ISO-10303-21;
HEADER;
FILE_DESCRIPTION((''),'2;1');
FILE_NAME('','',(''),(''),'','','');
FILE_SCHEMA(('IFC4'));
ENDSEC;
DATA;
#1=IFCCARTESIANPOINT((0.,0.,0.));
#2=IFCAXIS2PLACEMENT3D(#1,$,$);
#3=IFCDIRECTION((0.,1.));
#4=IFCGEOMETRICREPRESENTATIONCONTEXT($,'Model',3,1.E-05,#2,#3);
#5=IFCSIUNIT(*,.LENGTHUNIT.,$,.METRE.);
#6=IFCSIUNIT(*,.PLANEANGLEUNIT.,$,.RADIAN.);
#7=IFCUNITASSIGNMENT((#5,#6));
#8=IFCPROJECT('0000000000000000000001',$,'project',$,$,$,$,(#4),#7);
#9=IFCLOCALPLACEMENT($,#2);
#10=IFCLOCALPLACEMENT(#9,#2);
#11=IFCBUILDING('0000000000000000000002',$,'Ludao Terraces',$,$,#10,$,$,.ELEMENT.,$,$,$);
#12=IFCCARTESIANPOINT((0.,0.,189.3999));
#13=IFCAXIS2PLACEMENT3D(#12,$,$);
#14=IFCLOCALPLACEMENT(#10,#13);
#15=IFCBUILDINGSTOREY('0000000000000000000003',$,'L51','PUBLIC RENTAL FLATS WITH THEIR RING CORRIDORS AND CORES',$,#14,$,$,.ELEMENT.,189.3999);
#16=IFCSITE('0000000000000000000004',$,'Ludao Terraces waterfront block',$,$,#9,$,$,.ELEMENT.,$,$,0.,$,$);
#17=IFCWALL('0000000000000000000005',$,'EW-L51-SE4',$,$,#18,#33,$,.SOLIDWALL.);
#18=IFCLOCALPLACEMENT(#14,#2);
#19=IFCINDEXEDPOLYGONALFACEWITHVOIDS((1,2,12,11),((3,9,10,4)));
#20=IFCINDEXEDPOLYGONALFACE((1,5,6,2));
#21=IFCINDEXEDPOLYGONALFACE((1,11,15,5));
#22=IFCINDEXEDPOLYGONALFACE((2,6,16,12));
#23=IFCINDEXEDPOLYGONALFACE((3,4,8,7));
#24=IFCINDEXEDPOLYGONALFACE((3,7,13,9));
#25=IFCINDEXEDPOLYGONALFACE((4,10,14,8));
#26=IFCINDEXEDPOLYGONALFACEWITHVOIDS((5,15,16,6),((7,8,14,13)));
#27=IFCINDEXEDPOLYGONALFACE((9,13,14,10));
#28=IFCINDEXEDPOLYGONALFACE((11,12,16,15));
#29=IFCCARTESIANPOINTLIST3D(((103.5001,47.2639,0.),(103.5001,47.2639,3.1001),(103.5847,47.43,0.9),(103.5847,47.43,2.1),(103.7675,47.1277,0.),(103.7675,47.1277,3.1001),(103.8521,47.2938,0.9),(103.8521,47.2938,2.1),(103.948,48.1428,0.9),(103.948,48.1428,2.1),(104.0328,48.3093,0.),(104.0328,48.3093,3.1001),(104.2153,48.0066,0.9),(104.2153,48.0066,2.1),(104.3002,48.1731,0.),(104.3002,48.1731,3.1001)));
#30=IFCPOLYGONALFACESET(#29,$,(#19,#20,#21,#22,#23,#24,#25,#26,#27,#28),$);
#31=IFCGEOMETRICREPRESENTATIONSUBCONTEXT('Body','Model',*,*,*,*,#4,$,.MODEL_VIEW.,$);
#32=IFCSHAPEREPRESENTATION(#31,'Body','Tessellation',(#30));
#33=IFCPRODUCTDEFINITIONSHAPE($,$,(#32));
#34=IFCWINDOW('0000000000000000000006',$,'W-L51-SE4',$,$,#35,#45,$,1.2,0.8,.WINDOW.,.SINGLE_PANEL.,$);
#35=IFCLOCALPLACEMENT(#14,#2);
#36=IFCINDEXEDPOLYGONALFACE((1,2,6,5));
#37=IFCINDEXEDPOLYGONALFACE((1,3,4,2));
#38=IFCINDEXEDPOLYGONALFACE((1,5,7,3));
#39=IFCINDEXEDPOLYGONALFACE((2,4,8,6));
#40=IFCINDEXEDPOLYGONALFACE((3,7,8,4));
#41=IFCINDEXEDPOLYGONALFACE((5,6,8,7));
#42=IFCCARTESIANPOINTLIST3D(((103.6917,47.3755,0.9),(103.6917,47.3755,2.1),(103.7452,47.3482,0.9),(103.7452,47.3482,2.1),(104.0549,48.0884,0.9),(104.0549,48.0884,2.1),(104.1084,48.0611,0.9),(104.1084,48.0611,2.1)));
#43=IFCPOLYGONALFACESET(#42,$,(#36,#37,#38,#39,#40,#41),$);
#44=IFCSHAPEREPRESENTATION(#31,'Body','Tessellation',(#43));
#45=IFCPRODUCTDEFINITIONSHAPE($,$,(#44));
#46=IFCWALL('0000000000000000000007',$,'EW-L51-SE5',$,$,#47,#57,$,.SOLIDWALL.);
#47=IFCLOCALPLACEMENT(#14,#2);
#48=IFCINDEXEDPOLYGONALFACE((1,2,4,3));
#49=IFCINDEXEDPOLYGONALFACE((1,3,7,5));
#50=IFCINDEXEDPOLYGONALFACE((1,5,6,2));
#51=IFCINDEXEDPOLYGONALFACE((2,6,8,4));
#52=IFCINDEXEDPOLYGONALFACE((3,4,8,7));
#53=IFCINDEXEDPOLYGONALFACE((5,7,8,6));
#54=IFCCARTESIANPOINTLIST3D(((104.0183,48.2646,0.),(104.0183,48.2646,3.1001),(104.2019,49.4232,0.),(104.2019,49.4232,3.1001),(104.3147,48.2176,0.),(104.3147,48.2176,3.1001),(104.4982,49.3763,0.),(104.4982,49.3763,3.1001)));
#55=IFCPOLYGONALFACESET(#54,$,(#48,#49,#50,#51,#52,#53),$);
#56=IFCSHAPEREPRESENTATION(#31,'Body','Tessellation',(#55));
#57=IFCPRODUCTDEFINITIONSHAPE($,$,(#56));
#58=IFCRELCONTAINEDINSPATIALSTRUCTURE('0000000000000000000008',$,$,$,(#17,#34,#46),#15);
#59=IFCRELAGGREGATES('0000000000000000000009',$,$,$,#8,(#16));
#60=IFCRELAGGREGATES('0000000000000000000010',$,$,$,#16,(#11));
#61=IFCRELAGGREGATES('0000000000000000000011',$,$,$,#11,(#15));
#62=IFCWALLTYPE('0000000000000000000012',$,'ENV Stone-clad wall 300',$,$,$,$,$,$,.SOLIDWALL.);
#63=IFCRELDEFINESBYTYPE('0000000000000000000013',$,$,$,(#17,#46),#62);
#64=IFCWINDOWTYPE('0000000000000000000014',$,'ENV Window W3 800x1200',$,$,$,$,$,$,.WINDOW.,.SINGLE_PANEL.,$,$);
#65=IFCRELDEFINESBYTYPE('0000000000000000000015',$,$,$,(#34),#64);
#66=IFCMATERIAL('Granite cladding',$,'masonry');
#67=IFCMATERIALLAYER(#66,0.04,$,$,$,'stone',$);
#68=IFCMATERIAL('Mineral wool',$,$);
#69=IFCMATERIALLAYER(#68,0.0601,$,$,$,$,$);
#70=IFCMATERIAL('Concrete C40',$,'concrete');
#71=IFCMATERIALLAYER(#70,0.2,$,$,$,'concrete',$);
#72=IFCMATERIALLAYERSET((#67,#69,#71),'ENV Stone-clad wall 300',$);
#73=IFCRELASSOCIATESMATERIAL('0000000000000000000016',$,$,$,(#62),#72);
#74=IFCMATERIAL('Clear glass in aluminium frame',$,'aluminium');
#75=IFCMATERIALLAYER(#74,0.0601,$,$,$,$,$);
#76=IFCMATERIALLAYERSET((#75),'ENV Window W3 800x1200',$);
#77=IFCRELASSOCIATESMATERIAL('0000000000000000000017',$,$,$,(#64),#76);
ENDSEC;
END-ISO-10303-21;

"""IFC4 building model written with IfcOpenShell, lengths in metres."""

from ifc_helpers import new_model, si_unit, direction, frame, frame_2d, origin, place, context, subcontext, project, spatial, rectangle, extrude, material, layer, layer_set, type_object, element, fill, save


model = new_model("IFC4")

# Units and contexts
model_context = context("Model", 3, precision=1e-05, world=origin(), true_north=direction((0.0, 1.0)))
body_context = subcontext(model_context, "Body", "Model", "MODEL_VIEW")
ifc_project = project(units=[si_unit("LENGTHUNIT", "METRE"), si_unit("PLANEANGLEUNIT", "RADIAN")], contexts=[model_context])

# Site, building, storey
site_placement = place(None, origin())
site = spatial("IfcSite", under=ifc_project, at=site_placement, Name="Ludao Terraces waterfront block", CompositionType="ELEMENT", RefElevation=0.0)
building_placement = place(site_placement, origin())
building = spatial("IfcBuilding", under=site, at=building_placement, Name="Ludao Terraces", CompositionType="ELEMENT")
storey_placement = place(building_placement, frame((0.0, 0.0, 189.3999)))
storey = spatial("IfcBuildingStorey", under=building, at=storey_placement, Name="L51", Description="PUBLIC RENTAL FLATS WITH THEIR RING CORRIDORS AND CORES", CompositionType="ELEMENT", Elevation=189.3999)

# Shared definitions
ifc_material_1 = material(Name="Concrete C40", Category="concrete")

# Wall, opening, window
ifc_material_2 = material(Name="Granite cladding", Category="masonry")
ifc_layer_1 = layer(ifc_material_2, 0.04, Category="stone")
ifc_material_3 = material(Name="Mineral wool")
ifc_layer_2 = layer(ifc_material_3, 0.0601)
ifc_layer_3 = layer(ifc_material_1, 0.2, Category="concrete")
ifc_layer_set_1 = layer_set([ifc_layer_1, ifc_layer_2, ifc_layer_3], Name="ENV Stone-clad wall 300")
wall_type = type_object("IfcWallType", Name="ENV Stone-clad wall 300", PredefinedType="SOLIDWALL", material=ifc_layer_set_1)
ifc_material_4 = material(Name="Clear glass in aluminium frame", Category="aluminium")
ifc_layer_4 = layer(ifc_material_4, 0.0601)
ifc_layer_set_2 = layer_set([ifc_layer_4], Name="ENV Window W3 800x1200")
window_type_1 = type_object("IfcWindowType", Name="ENV Window W3 800x1200", PartitioningType="SINGLE_PANEL", PredefinedType="WINDOW", material=ifc_layer_set_2)
wall_1_placement = place(storey_placement, frame((103.6338, 47.1958, 0.0), z_axis=(0.0, 0.0, 1.0), x_axis=(0.454026, 0.890989, 0.0)))
wall_1 = element("IfcWall", 1, at=wall_1_placement, inside=storey, type_object=wall_type, Name="EW-L51-SE4", PredefinedType="SOLIDWALL", context=body_context, shape_type="SweptSolid", body=[
    extrude(rectangle(XDim=1.1733, YDim=0.3, at=frame_2d((0.5867, 0.0))), origin(), (0.0, 0.0, 1.0), 3.1001),
])
opening_1_placement = place(wall_1_placement, frame((0.1865, 0.0, 0.8999)))
opening_1 = element("IfcOpeningElement", 2, at=opening_1_placement, cuts=wall_1, PredefinedType="OPENING", context=body_context, shape_type="SweptSolid", body=[
    extrude(rectangle(XDim=0.8, YDim=1.2, at=frame_2d((0.3999, 0.6001))), frame((0.0, 0.1602, 0.0), z_axis=(0.0, -1.0, 0.0), x_axis=(1.0, 0.0, 0.0)), (0.0, 0.0, 1.0), 0.3201),
])
window_1_placement = place(opening_1_placement, origin())
window_1 = element("IfcWindow", 3, at=window_1_placement, inside=storey, type_object=window_type_1, Name="W-L51-SE4", OverallHeight=1.2, OverallWidth=0.8, PartitioningType="SINGLE_PANEL", PredefinedType="WINDOW", context=body_context, shape_type="SweptSolid", body=[
    extrude(rectangle(XDim=0.8, YDim=1.2, at=frame_2d((0.3999, 0.6001))), frame((0.0, 0.03, 0.0), z_axis=(0.0, -1.0, 0.0), x_axis=(1.0, 0.0, 0.0)), (0.0, 0.0, 1.0), 0.0601),
])
fill(opening_1, window_1)

# Wall
wall_2_placement = place(storey_placement, frame((104.1665, 48.2412, 0.0), z_axis=(0.0, 0.0, 1.0), x_axis=(0.156497, 0.987678, 0.0)))
element("IfcWall", 4, at=wall_2_placement, inside=storey, type_object=wall_type, Name="EW-L51-SE5", PredefinedType="SOLIDWALL", context=body_context, shape_type="SweptSolid", body=[
    extrude(rectangle(XDim=1.1731, YDim=0.3, at=frame_2d((0.5864, 0.0))), origin(), (0.0, 0.0, 1.0), 3.1001),
])

save(model, "model.ifc")
